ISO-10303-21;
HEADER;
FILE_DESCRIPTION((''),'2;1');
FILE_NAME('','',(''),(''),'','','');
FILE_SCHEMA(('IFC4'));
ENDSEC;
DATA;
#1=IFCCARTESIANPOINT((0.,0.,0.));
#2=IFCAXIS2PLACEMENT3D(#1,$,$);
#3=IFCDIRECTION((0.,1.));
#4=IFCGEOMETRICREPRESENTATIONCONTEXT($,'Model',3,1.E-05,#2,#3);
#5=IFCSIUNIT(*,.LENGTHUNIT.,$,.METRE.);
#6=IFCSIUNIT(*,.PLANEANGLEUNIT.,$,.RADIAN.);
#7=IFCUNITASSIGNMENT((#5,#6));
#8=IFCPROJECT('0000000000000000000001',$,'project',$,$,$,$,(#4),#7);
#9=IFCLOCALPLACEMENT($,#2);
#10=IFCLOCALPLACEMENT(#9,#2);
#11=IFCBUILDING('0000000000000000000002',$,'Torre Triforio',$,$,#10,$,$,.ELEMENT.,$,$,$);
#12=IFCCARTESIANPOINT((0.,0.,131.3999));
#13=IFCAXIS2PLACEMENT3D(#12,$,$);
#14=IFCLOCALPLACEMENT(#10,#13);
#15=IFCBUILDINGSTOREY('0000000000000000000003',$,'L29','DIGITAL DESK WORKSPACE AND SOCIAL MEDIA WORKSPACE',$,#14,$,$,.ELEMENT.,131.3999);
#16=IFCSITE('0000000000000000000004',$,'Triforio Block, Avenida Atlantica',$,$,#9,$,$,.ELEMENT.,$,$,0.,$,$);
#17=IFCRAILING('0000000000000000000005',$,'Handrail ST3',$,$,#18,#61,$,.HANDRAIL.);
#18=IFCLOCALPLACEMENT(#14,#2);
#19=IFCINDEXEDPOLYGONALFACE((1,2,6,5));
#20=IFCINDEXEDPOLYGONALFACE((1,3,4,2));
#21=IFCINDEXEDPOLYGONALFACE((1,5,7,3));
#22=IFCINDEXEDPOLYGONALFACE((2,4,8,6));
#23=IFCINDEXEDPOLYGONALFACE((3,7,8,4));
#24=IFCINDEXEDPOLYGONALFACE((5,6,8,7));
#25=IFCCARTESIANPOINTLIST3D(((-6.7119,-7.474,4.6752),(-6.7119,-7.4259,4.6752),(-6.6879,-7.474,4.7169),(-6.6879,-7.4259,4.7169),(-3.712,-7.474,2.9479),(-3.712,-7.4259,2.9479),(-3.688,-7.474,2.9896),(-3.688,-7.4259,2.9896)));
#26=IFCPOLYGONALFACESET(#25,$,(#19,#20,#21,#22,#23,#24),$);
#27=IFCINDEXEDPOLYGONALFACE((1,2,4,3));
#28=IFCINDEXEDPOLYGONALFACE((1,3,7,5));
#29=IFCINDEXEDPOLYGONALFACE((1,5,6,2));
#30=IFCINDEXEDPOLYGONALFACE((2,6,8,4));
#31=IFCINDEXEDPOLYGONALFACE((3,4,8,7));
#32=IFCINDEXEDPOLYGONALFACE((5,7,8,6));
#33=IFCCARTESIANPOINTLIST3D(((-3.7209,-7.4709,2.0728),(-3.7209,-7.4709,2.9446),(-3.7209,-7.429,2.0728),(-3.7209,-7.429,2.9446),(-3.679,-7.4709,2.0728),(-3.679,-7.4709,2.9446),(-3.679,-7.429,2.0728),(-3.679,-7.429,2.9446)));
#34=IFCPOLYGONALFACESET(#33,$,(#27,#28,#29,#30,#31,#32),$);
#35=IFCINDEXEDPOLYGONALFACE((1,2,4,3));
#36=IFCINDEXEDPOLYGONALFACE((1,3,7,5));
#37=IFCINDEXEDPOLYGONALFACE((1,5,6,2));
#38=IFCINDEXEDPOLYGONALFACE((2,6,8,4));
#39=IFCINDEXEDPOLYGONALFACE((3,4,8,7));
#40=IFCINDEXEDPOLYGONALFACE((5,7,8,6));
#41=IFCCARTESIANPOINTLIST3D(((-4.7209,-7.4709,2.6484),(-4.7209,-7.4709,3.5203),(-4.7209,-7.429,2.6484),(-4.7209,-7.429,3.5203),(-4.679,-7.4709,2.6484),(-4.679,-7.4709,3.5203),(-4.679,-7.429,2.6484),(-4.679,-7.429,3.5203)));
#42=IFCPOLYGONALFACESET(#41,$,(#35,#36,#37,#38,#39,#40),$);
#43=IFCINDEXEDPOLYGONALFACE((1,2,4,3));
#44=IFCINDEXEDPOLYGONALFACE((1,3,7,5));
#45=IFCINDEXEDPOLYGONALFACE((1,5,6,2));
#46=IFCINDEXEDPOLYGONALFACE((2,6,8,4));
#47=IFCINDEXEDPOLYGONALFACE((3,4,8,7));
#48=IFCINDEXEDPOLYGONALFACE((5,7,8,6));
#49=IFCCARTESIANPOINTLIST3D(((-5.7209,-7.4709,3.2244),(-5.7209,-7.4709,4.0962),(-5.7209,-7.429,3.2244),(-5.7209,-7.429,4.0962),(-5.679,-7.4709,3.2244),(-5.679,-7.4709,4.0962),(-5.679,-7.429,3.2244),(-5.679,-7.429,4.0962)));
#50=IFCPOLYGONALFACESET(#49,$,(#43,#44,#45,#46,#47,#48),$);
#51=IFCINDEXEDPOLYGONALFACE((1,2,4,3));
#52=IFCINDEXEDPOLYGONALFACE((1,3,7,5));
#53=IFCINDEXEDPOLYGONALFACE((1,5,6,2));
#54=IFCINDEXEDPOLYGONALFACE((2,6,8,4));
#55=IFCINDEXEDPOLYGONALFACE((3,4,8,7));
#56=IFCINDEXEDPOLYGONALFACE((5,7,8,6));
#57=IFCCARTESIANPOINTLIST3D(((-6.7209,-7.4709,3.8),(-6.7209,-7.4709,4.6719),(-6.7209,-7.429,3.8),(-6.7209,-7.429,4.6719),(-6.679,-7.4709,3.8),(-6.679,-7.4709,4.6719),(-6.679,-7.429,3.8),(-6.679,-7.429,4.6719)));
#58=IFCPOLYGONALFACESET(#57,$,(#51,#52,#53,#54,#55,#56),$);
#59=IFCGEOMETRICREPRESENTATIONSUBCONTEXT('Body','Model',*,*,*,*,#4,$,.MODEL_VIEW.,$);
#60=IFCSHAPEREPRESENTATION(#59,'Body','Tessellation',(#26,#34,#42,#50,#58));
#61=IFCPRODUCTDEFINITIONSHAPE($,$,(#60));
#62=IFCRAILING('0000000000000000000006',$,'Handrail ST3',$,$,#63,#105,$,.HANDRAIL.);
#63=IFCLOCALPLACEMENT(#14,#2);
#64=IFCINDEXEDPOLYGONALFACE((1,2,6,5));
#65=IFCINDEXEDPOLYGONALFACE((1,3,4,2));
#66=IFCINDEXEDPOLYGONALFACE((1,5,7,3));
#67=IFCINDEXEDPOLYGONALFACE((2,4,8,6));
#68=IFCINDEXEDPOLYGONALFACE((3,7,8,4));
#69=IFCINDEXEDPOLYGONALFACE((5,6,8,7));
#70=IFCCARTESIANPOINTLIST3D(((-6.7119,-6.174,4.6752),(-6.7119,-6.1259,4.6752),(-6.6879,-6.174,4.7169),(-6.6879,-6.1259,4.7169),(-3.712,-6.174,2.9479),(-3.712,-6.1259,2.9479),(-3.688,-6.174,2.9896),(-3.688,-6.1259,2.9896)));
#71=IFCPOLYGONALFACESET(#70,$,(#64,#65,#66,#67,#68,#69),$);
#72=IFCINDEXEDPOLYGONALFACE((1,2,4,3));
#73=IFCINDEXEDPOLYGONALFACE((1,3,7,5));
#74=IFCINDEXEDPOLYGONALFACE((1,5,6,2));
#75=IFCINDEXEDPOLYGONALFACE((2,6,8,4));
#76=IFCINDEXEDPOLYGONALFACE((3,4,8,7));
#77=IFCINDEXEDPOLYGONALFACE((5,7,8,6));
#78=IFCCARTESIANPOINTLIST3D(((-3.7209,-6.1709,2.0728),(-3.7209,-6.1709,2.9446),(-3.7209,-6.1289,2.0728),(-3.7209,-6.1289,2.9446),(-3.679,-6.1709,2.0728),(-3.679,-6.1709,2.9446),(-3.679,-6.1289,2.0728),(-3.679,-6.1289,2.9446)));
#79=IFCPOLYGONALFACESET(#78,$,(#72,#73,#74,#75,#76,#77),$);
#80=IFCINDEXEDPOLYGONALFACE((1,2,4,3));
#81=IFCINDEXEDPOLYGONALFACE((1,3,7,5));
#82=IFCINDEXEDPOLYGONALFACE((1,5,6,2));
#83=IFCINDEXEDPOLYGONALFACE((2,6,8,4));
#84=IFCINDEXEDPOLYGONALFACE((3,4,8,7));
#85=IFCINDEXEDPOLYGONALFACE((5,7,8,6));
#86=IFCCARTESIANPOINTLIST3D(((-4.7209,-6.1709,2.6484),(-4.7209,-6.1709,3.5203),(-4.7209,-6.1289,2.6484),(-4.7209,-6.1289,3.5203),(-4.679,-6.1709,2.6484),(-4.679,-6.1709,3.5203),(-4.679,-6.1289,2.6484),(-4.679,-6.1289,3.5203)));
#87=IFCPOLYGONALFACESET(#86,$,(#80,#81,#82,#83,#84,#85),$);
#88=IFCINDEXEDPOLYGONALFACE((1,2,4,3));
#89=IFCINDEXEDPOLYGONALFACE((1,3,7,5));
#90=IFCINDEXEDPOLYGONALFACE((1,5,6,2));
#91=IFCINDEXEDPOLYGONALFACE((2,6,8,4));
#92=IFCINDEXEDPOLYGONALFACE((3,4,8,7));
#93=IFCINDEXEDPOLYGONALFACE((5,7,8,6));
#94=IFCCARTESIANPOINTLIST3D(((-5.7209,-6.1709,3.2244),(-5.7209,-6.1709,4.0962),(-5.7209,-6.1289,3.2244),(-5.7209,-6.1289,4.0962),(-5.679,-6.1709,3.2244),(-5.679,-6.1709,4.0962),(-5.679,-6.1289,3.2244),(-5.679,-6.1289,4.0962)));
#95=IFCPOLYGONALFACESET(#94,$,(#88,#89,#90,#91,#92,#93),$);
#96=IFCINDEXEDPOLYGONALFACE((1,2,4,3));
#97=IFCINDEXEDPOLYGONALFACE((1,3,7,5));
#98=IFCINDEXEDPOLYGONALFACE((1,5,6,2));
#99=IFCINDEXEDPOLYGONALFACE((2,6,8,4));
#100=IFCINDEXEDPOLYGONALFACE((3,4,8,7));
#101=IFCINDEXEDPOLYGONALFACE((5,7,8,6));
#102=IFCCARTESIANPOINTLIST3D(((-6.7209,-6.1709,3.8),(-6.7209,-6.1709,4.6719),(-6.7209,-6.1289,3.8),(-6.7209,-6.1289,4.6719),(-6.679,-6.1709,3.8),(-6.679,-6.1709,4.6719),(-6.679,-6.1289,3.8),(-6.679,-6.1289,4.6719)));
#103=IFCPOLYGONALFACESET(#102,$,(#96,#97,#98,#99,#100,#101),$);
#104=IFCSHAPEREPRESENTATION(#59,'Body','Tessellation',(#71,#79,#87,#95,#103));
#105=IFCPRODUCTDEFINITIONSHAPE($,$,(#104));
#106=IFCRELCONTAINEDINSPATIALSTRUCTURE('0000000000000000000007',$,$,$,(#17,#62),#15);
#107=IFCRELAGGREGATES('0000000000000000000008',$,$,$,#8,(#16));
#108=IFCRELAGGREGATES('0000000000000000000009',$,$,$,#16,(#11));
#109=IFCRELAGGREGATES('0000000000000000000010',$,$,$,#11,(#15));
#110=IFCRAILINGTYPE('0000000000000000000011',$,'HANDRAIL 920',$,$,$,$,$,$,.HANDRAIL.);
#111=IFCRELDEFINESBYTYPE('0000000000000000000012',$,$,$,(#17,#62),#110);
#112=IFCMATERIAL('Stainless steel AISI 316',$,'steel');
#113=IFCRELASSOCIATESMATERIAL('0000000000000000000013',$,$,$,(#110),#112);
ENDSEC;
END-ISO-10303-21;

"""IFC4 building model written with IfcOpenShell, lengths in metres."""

from ifc_helpers import new_model, si_unit, direction, frame, origin, origin_2d, place, context, subcontext, project, spatial, rectangle, extrude, material, type_object, element, save


model = new_model("IFC4")

# Units and contexts
model_context = context("Model", 3, precision=1e-05, world=origin(), true_north=direction((0.0, 1.0)))
body_context = subcontext(model_context, "Body", "Model", "MODEL_VIEW")
ifc_project = project(units=[si_unit("LENGTHUNIT", "METRE"), si_unit("PLANEANGLEUNIT", "RADIAN")], contexts=[model_context])

# Site, building, storey
site_placement = place(None, origin())
site = spatial("IfcSite", under=ifc_project, at=site_placement, Name="Triforio Block, Avenida Atlantica", CompositionType="ELEMENT", RefElevation=0.0)
building_placement = place(site_placement, origin())
building = spatial("IfcBuilding", under=site, at=building_placement, Name="Torre Triforio", CompositionType="ELEMENT")
storey_placement = place(building_placement, frame((0.0, 0.0, 131.3999)))
storey = spatial("IfcBuildingStorey", under=building, at=storey_placement, Name="L29", Description="DIGITAL DESK WORKSPACE AND SOCIAL MEDIA WORKSPACE", CompositionType="ELEMENT", Elevation=131.3999)

# Railings
ifc_material_1 = material(Name="Stainless steel AISI 316", Category="steel")
railing_type = type_object("IfcRailingType", Name="HANDRAIL 920", PredefinedType="HANDRAIL", material=ifc_material_1)
for number, where, name in (
    (1, (-3.7, -7.45, 2.0728), "Handrail ST3"),
    (2, (-3.7, -6.1499, 2.0728), "Handrail ST3"),
):
    element("IfcRailing", number, at=place(storey_placement, frame(where)), inside=storey, type_object=railing_type, Name=name, PredefinedType="HANDRAIL", context=body_context, shape_type="SweptSolid", body=[
        extrude(rectangle(XDim=0.0481, YDim=0.0481, at=origin_2d()), frame((0.0, 0.0, 0.896), z_axis=(-0.86662, 0.0, 0.498969), x_axis=(0.0, -1.0, 0.0)), (0.0, 0.0, 1.0), 3.4617),
        extrude(rectangle(XDim=0.042, YDim=0.042, at=origin_2d()), origin(), (0.0, 0.0, 1.0), 0.8718),
        extrude(rectangle(XDim=0.042, YDim=0.042, at=origin_2d()), frame((-1.0, 0.0, 0.5757)), (0.0, 0.0, 1.0), 0.8718),
        extrude(rectangle(XDim=0.042, YDim=0.042, at=origin_2d()), frame((-2.0, 0.0, 1.1516)), (0.0, 0.0, 1.0), 0.8718),
        extrude(rectangle(XDim=0.042, YDim=0.042, at=origin_2d()), frame((-3.0, 0.0, 1.7273)), (0.0, 0.0, 1.0), 0.8718),
    ])

save(model, "model.ifc")
